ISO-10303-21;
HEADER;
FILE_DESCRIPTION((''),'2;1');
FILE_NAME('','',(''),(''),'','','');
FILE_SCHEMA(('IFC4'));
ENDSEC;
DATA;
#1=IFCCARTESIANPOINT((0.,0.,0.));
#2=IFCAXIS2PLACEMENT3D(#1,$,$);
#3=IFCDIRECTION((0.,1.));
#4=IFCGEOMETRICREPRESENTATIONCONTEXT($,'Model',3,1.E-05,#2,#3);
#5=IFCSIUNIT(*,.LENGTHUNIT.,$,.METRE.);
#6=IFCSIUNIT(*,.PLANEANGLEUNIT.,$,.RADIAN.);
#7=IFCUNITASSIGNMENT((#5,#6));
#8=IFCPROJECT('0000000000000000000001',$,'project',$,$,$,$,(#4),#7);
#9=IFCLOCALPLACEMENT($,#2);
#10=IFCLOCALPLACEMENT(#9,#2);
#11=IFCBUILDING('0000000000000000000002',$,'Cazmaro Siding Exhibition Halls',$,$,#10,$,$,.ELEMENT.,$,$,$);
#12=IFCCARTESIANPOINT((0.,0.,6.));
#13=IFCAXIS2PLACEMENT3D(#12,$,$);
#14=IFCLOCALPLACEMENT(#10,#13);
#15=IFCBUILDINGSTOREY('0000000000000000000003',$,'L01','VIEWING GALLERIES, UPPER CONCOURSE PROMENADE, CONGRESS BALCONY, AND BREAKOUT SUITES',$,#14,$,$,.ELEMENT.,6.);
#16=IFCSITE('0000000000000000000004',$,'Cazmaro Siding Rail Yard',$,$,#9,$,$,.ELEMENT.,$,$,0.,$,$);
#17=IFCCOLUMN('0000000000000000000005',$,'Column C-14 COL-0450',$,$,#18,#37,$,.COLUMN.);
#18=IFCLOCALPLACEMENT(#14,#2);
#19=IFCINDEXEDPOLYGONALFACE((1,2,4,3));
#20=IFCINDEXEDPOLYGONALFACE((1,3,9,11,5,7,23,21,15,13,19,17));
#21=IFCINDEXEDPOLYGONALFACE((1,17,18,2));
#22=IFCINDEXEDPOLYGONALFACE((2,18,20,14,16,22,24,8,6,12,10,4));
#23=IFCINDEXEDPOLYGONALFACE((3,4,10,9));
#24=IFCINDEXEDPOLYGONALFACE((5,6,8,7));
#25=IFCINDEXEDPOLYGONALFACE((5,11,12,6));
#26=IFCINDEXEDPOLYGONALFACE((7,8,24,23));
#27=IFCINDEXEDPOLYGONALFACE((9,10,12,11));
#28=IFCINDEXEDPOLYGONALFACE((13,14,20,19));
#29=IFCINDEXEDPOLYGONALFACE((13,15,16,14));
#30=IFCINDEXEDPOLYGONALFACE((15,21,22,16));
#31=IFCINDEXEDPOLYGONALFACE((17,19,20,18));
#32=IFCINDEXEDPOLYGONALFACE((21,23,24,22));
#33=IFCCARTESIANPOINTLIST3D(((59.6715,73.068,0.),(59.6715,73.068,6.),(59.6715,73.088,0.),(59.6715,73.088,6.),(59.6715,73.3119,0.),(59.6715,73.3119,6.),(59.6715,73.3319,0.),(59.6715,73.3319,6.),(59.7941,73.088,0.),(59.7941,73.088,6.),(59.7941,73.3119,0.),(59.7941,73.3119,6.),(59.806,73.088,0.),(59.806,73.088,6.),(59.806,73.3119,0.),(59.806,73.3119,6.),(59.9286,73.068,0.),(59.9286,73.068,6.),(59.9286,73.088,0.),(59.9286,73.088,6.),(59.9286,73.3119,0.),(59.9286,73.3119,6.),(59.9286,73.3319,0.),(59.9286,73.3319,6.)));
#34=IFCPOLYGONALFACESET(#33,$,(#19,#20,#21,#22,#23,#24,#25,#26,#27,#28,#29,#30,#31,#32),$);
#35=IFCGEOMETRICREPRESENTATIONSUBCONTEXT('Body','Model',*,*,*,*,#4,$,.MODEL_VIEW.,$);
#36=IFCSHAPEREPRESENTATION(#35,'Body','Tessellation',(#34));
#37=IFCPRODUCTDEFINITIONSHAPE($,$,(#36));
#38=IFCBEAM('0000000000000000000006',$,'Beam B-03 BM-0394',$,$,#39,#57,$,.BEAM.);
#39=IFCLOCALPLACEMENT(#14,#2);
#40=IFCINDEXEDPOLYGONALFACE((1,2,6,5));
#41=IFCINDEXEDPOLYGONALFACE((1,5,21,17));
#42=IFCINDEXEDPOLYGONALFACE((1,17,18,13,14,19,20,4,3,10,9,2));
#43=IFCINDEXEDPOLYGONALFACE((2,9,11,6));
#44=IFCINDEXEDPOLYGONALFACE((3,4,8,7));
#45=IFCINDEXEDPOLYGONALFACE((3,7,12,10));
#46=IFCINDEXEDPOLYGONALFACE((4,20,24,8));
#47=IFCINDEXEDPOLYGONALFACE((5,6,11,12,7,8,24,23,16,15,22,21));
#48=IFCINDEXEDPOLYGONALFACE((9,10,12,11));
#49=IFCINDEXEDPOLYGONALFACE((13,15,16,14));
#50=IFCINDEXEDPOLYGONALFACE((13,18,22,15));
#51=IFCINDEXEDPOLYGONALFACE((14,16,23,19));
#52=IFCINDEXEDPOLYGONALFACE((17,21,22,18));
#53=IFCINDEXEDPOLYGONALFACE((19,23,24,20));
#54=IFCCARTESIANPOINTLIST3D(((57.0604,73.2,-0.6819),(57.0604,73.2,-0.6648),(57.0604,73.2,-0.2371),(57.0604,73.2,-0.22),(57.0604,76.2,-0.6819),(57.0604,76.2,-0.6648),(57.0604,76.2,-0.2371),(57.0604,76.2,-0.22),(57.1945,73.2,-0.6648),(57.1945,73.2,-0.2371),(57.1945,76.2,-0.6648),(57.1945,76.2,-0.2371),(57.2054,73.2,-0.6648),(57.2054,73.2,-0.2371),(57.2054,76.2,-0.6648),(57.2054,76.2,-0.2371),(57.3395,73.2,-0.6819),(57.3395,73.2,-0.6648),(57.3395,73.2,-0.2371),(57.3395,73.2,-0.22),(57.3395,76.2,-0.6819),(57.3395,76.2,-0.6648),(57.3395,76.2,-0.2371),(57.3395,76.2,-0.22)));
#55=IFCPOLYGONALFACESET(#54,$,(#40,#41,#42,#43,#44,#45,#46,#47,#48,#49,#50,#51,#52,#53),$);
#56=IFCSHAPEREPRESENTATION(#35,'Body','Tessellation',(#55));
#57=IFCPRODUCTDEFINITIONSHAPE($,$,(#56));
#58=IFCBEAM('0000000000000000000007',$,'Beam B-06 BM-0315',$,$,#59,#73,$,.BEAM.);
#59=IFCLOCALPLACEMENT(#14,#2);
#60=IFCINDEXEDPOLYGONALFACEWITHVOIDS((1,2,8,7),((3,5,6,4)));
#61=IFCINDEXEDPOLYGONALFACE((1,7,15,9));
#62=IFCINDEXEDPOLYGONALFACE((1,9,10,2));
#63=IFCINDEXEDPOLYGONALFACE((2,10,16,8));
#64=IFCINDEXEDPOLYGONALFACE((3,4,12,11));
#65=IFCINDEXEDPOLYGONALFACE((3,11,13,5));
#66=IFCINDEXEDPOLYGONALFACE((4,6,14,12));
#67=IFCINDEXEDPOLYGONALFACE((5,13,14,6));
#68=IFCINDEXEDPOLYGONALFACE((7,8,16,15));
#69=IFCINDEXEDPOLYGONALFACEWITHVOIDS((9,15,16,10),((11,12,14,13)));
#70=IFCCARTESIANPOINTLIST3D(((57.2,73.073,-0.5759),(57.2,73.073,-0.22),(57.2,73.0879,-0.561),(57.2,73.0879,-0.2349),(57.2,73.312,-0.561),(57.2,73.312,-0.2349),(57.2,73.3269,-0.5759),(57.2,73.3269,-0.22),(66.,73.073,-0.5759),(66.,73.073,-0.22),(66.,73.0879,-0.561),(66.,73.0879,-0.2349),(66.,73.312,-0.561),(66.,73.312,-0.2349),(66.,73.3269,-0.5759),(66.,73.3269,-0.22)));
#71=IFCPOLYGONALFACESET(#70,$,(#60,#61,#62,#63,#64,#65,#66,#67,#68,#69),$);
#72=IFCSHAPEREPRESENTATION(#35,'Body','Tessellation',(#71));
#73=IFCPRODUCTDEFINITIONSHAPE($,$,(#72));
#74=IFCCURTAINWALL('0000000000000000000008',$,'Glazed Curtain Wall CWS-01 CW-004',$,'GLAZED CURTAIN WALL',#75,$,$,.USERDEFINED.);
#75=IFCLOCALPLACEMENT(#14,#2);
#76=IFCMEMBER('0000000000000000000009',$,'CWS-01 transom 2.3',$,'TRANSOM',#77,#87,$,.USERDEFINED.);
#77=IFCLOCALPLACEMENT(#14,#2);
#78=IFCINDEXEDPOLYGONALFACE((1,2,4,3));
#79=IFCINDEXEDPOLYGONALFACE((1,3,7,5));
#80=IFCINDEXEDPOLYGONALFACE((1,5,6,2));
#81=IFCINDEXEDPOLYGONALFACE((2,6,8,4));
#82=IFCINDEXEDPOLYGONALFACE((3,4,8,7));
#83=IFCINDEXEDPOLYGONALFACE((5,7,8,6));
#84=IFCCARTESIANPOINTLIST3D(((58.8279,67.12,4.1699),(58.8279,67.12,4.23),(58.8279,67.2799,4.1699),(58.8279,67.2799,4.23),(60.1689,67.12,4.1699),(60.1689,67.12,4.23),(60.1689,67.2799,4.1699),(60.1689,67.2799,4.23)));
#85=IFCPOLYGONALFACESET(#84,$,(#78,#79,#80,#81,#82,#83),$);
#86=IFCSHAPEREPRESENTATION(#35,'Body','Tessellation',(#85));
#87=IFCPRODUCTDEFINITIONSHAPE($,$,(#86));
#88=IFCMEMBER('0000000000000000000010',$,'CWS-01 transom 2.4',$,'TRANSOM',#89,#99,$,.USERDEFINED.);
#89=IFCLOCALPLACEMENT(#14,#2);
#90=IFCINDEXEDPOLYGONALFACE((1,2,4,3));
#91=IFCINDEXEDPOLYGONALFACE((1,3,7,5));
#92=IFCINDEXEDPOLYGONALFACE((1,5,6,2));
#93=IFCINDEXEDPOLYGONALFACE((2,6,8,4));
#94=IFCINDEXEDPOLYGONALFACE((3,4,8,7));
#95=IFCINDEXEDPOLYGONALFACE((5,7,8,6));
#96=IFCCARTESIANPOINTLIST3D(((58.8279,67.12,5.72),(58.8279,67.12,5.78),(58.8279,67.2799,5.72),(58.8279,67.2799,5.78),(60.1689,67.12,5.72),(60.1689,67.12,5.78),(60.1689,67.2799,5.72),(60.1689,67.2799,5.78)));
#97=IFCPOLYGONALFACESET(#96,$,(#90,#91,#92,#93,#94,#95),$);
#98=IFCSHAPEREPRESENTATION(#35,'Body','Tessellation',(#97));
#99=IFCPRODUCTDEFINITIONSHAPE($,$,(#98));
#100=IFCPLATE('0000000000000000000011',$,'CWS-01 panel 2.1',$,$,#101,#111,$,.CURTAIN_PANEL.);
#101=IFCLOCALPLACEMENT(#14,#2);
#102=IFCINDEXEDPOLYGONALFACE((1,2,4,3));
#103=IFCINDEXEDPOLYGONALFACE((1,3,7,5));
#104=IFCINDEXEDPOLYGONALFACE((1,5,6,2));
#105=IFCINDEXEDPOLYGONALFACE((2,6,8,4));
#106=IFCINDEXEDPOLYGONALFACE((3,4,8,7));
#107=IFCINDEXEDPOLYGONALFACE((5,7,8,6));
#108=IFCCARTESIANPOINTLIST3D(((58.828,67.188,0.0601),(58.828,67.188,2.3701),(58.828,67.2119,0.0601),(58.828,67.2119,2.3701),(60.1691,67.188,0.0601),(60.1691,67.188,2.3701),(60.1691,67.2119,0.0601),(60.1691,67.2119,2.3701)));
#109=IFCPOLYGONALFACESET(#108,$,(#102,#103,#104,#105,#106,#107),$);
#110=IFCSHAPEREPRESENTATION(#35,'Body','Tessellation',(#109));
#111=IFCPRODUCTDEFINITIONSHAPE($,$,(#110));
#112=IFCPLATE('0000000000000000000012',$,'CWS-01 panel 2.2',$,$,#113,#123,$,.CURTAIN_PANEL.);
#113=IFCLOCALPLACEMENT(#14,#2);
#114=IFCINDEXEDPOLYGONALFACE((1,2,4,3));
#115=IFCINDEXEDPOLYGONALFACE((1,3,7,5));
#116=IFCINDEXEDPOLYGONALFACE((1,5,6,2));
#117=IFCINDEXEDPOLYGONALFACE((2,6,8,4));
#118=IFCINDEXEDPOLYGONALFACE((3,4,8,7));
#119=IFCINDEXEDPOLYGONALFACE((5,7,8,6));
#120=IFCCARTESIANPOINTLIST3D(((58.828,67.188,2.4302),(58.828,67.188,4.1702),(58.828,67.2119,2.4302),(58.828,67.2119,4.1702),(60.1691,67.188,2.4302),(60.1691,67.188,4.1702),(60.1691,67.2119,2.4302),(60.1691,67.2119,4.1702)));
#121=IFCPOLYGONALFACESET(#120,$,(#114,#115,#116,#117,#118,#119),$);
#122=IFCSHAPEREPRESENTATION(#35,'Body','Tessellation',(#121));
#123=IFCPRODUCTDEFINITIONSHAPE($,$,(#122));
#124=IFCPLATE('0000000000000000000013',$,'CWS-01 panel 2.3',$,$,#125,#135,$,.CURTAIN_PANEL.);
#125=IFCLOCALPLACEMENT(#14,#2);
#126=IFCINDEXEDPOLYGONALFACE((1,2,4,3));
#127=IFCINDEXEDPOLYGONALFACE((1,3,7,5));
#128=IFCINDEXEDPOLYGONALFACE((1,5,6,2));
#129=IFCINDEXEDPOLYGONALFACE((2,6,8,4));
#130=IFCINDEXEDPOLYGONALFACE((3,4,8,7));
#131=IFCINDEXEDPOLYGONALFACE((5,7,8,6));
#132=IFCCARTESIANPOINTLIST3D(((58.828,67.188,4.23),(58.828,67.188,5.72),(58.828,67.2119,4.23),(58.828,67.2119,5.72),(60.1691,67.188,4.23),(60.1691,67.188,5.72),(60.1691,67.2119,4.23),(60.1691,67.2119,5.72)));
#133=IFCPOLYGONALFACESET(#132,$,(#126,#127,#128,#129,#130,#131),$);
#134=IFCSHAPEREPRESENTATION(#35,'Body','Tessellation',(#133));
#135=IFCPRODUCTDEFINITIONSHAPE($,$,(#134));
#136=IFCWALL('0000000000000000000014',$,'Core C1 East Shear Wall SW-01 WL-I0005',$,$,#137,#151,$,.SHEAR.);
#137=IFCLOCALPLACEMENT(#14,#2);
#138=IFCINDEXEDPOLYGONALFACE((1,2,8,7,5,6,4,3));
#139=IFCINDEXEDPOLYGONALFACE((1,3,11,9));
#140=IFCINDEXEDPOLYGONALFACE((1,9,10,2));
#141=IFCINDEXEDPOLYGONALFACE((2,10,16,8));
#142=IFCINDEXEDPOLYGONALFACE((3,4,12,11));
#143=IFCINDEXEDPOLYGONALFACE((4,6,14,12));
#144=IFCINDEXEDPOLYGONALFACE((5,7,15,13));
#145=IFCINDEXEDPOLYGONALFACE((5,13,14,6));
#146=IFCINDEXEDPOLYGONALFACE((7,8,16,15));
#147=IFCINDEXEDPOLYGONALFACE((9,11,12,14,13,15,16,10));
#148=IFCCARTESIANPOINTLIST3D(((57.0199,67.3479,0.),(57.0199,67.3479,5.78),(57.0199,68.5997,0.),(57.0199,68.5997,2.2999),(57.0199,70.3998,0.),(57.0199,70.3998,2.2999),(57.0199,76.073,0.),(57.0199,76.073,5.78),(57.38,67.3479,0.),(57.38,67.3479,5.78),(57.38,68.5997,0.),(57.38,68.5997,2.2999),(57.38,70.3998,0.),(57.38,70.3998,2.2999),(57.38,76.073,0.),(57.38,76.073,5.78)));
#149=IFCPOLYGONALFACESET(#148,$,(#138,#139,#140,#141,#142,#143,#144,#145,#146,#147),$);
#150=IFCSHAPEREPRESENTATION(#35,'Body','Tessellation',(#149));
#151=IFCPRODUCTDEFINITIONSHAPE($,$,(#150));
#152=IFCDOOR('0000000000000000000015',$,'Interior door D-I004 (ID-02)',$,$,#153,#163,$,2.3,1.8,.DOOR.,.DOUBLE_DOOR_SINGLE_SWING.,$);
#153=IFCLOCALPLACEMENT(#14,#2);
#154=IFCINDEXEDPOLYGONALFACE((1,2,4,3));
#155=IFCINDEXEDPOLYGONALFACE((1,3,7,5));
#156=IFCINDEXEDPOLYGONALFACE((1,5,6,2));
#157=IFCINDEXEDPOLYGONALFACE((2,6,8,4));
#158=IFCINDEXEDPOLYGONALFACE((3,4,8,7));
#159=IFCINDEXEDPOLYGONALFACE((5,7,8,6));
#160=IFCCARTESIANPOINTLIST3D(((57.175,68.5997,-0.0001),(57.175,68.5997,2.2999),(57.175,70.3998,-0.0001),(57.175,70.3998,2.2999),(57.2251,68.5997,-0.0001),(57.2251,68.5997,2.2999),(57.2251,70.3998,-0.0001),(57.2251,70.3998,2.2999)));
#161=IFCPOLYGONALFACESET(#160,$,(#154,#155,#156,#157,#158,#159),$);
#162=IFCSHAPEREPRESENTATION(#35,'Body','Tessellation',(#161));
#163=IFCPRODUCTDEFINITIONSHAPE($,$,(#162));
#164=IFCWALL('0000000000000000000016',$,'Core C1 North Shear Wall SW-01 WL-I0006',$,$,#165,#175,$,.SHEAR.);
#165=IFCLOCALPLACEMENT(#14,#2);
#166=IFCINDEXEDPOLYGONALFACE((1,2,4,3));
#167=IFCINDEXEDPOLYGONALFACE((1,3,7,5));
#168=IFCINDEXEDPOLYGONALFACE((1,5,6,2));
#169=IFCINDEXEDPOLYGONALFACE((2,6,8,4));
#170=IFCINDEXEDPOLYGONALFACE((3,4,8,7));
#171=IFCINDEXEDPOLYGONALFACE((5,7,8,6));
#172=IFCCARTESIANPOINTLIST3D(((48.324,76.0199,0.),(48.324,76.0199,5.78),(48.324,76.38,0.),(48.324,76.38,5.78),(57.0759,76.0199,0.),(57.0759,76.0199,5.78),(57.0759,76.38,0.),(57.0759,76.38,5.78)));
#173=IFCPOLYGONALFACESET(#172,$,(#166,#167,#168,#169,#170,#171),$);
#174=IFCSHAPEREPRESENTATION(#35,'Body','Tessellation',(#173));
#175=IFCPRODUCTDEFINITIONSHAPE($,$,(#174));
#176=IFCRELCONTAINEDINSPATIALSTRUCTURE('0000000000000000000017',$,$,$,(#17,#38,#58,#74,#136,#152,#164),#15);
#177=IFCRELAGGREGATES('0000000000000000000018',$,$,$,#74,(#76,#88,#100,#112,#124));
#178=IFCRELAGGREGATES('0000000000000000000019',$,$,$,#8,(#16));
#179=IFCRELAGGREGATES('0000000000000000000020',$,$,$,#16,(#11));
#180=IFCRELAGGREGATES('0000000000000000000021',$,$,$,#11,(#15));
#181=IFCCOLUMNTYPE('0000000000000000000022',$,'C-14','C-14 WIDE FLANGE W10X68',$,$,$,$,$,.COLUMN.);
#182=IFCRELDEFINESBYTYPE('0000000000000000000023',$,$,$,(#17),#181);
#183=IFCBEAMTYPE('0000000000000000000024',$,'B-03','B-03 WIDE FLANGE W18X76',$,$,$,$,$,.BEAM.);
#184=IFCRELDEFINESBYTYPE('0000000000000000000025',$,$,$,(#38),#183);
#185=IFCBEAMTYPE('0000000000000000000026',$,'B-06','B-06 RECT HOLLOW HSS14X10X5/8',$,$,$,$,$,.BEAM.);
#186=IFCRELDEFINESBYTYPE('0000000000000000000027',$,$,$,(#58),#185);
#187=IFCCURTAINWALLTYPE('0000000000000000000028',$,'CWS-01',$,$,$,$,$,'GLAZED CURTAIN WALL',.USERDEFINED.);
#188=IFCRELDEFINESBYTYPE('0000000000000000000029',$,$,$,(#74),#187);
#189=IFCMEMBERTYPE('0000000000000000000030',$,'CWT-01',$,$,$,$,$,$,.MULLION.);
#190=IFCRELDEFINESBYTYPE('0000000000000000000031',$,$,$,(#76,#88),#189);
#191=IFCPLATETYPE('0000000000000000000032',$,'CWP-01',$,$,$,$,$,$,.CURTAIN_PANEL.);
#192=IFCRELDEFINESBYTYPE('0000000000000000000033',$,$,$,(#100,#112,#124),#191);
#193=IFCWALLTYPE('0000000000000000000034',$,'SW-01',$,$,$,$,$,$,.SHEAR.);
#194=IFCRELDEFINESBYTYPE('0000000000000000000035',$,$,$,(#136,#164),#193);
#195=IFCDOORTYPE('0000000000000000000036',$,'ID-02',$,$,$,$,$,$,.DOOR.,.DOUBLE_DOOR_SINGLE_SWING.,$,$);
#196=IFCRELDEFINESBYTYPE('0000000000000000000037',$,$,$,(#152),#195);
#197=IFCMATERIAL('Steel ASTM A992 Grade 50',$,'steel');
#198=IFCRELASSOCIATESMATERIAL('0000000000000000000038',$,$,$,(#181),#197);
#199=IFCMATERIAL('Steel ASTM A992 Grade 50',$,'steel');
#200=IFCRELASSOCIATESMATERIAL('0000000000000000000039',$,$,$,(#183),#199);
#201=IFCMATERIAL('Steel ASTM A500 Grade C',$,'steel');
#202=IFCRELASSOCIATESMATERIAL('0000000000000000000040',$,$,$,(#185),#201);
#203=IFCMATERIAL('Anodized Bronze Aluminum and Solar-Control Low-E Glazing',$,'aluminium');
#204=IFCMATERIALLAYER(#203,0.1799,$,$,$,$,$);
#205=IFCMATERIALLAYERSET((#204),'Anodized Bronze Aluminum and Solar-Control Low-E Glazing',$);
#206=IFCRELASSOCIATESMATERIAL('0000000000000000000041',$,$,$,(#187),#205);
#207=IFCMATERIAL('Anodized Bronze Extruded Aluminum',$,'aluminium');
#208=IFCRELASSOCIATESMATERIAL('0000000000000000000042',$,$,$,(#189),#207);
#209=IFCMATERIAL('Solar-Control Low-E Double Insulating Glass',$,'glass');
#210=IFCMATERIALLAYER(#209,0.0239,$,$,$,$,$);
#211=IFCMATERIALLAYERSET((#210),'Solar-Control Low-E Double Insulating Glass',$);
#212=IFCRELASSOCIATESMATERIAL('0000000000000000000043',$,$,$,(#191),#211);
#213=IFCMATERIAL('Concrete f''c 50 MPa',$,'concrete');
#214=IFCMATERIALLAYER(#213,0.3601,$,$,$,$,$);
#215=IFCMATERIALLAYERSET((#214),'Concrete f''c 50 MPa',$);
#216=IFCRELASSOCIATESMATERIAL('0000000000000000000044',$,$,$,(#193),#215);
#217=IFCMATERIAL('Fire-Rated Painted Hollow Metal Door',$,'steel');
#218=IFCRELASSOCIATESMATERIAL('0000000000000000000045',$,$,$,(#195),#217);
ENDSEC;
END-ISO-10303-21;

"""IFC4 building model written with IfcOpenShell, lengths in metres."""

from ifc_helpers import new_model, si_unit, direction, frame, frame_2d, origin, origin_2d, place, context, subcontext, project, spatial, rectangle, hollow_rectangle, i_section, extrude, material, layer, layer_set, material_profile, profile_set, type_object, element, fill, aggregate, save


model = new_model("IFC4")

# Units and contexts
model_context = context("Model", 3, precision=1e-05, world=origin(), true_north=direction((0.0, 1.0)))
body_context = subcontext(model_context, "Body", "Model", "MODEL_VIEW")
ifc_project = project(units=[si_unit("LENGTHUNIT", "METRE"), si_unit("PLANEANGLEUNIT", "RADIAN")], contexts=[model_context])

# Site, building, storey
site_placement = place(None, origin())
site = spatial("IfcSite", under=ifc_project, at=site_placement, Name="Cazmaro Siding Rail Yard", CompositionType="ELEMENT", RefElevation=0.0)
building_placement = place(site_placement, origin())
building = spatial("IfcBuilding", under=site, at=building_placement, Name="Cazmaro Siding Exhibition Halls", CompositionType="ELEMENT")
storey_placement = place(building_placement, frame((0.0, 0.0, 6.0)))
storey = spatial("IfcBuildingStorey", under=building, at=storey_placement, Name="L01", Description="VIEWING GALLERIES, UPPER CONCOURSE PROMENADE, CONGRESS BALCONY, AND BREAKOUT SUITES", CompositionType="ELEMENT", Elevation=6.0)

# Column
ifc_material_1 = material(Name="Steel ASTM A992 Grade 50", Category="steel")
ifc_material_profile_1 = material_profile(ifc_material_1, i_section(OverallWidth=0.2571, OverallDepth=0.2639, WebThickness=0.012, FlangeThickness=0.02, at=origin_2d()), Name="W10X68")
ifc_profile_set_1 = profile_set([ifc_material_profile_1], Name="Steel ASTM A992 Grade 50")
column_type = type_object("IfcColumnType", Name="C-14", Description="C-14 WIDE FLANGE W10X68", PredefinedType="COLUMN", material=ifc_profile_set_1)
column_placement = place(storey_placement, frame((59.8, 73.2, 0.0), z_axis=(0.0, 0.0, 1.0), x_axis=(1.0, 0.0, 0.0)))
element("IfcColumn", 1, at=column_placement, inside=storey, type_object=column_type, Name="Column C-14 COL-0450", PredefinedType="COLUMN", context=body_context, shape_type="SweptSolid", body=[
    extrude(i_section(OverallWidth=0.2571, OverallDepth=0.2639, WebThickness=0.012, FlangeThickness=0.02, at=origin_2d()), origin(), (0.0, 0.0, 1.0), 6.0),
])

# Beams
ifc_material_2 = material(Name="Steel ASTM A992 Grade 50", Category="steel")
ifc_material_profile_2 = material_profile(ifc_material_2, i_section(OverallWidth=0.2791, OverallDepth=0.4619, WebThickness=0.011, FlangeThickness=0.0171, at=origin_2d()), Name="W18X76")
ifc_profile_set_2 = profile_set([ifc_material_profile_2], Name="Steel ASTM A992 Grade 50")
beam_type_1 = type_object("IfcBeamType", Name="B-03", Description="B-03 WIDE FLANGE W18X76", PredefinedType="BEAM", material=ifc_profile_set_2)
beam_1_placement = place(storey_placement, frame((57.2, 73.2, -0.4509), z_axis=(0.0, 1.0, 0.0), x_axis=(-1.0, 0.0, 0.0)))
element("IfcBeam", 2, at=beam_1_placement, inside=storey, type_object=beam_type_1, Name="Beam B-03 BM-0394", PredefinedType="BEAM", context=body_context, shape_type="SweptSolid", body=[
    extrude(i_section(OverallWidth=0.2791, OverallDepth=0.4619, WebThickness=0.011, FlangeThickness=0.0171, at=origin_2d()), origin(), (0.0, 0.0, 1.0), 3.0),
])
ifc_material_3 = material(Name="Steel ASTM A500 Grade C", Category="steel")
ifc_material_profile_3 = material_profile(ifc_material_3, hollow_rectangle(XDim=0.2539, YDim=0.356, WallThickness=0.0149, at=origin_2d()), Name="HSS14X10X5/8")
ifc_profile_set_3 = profile_set([ifc_material_profile_3], Name="Steel ASTM A500 Grade C")
beam_type_2 = type_object("IfcBeamType", Name="B-06", Description="B-06 RECT HOLLOW HSS14X10X5/8", PredefinedType="BEAM", material=ifc_profile_set_3)
beam_2_placement = place(storey_placement, frame((57.2, 73.2, -0.3979), z_axis=(1.0, 0.0, 0.0), x_axis=(0.0, 1.0, 0.0)))
element("IfcBeam", 3, at=beam_2_placement, inside=storey, type_object=beam_type_2, Name="Beam B-06 BM-0315", PredefinedType="BEAM", context=body_context, shape_type="SweptSolid", body=[
    extrude(hollow_rectangle(XDim=0.2539, YDim=0.356, WallThickness=0.0149, at=origin_2d()), origin(), (0.0, 0.0, 1.0), 8.8),
])

# Curtain wall, members, plates
ifc_material_4 = material(Name="Anodized Bronze Aluminum and Solar-Control Low-E Glazing", Category="aluminium")
ifc_layer_1 = layer(ifc_material_4, 0.1799)
ifc_layer_set_1 = layer_set([ifc_layer_1], Name="Anodized Bronze Aluminum and Solar-Control Low-E Glazing")
curtain_wall_type = type_object("IfcCurtainWallType", Name="CWS-01", ElementType="GLAZED CURTAIN WALL", PredefinedType="USERDEFINED", material=ifc_layer_set_1)
curtain_wall_placement = place(storey_placement, origin())
curtain_wall = element("IfcCurtainWall", 4, at=curtain_wall_placement, inside=storey, type_object=curtain_wall_type, Name="Glazed Curtain Wall CWS-01 CW-004", ObjectType="GLAZED CURTAIN WALL", PredefinedType="USERDEFINED")
ifc_material_5 = material(Name="Anodized Bronze Extruded Aluminum", Category="aluminium")
ifc_material_profile_4 = material_profile(ifc_material_5, rectangle(XDim=0.1599, YDim=0.0601, at=origin_2d()), Name="CWT-01")
ifc_profile_set_4 = profile_set([ifc_material_profile_4], Name="Anodized Bronze Extruded Aluminum")
member_type = type_object("IfcMemberType", Name="CWT-01", PredefinedType="MULLION", material=ifc_profile_set_4)
member_1_placement = place(storey_placement, frame((58.8279, 67.2, 4.2), z_axis=(1.0, 0.0, 0.0), x_axis=(0.0, 1.0, 0.0)))
member_1 = element("IfcMember", 5, at=member_1_placement, type_object=member_type, Name="CWS-01 transom 2.3", ObjectType="TRANSOM", PredefinedType="USERDEFINED", context=body_context, shape_type="SweptSolid", body=[
    extrude(rectangle(XDim=0.1599, YDim=0.0601, at=origin_2d()), origin(), (0.0, 0.0, 1.0), 1.3411),
])
member_2_placement = place(storey_placement, frame((58.8279, 67.2, 5.75), z_axis=(1.0, 0.0, 0.0), x_axis=(0.0, 1.0, 0.0)))
member_2 = element("IfcMember", 6, at=member_2_placement, type_object=member_type, Name="CWS-01 transom 2.4", ObjectType="TRANSOM", PredefinedType="USERDEFINED", context=body_context, shape_type="SweptSolid", body=[
    extrude(rectangle(XDim=0.1599, YDim=0.0601, at=origin_2d()), origin(), (0.0, 0.0, 1.0), 1.3411),
])
ifc_material_6 = material(Name="Solar-Control Low-E Double Insulating Glass", Category="glass")
ifc_layer_2 = layer(ifc_material_6, 0.0239)
ifc_layer_set_2 = layer_set([ifc_layer_2], Name="Solar-Control Low-E Double Insulating Glass")
plate_type = type_object("IfcPlateType", Name="CWP-01", PredefinedType="CURTAIN_PANEL", material=ifc_layer_set_2)
plate_1_placement = place(storey_placement, frame((59.4985, 67.2, 0.0601), z_axis=(0.0, 0.0, 1.0), x_axis=(1.0, 0.0, 0.0)))
plate_1 = element("IfcPlate", 7, at=plate_1_placement, type_object=plate_type, Name="CWS-01 panel 2.1", PredefinedType="CURTAIN_PANEL", context=body_context, shape_type="SweptSolid", body=[
    extrude(rectangle(XDim=1.3411, YDim=0.0239, at=origin_2d()), origin(), (0.0, 0.0, 1.0), 2.3101),
])
plate_2_placement = place(storey_placement, frame((59.4985, 67.2, 2.4302), z_axis=(0.0, 0.0, 1.0), x_axis=(1.0, 0.0, 0.0)))
plate_2 = element("IfcPlate", 8, at=plate_2_placement, type_object=plate_type, Name="CWS-01 panel 2.2", PredefinedType="CURTAIN_PANEL", context=body_context, shape_type="SweptSolid", body=[
    extrude(rectangle(XDim=1.3411, YDim=0.0239, at=origin_2d()), origin(), (0.0, 0.0, 1.0), 1.74),
])
plate_3_placement = place(storey_placement, frame((59.4985, 67.2, 4.23), z_axis=(0.0, 0.0, 1.0), x_axis=(1.0, 0.0, 0.0)))
plate_3 = element("IfcPlate", 9, at=plate_3_placement, type_object=plate_type, Name="CWS-01 panel 2.3", PredefinedType="CURTAIN_PANEL", context=body_context, shape_type="SweptSolid", body=[
    extrude(rectangle(XDim=1.3411, YDim=0.0239, at=origin_2d()), origin(), (0.0, 0.0, 1.0), 1.49),
])
aggregate(curtain_wall, [member_1, member_2, plate_1, plate_2, plate_3])

# Wall, opening, door
ifc_material_7 = material(Name="Concrete f'c 50 MPa", Category="concrete")
ifc_layer_3 = layer(ifc_material_7, 0.3601)
ifc_layer_set_3 = layer_set([ifc_layer_3], Name="Concrete f'c 50 MPa")
wall_type_1 = type_object("IfcWallType", Name="SW-01", PredefinedType="SHEAR", material=ifc_layer_set_3)
wall_1_placement = place(storey_placement, frame((57.2, 67.3479, 0.0), z_axis=(0.0, 0.0, 1.0), x_axis=(0.0, 1.0, 0.0)))
wall_1 = element("IfcWall", 10, at=wall_1_placement, inside=storey, type_object=wall_type_1, Name="Core C1 East Shear Wall SW-01 WL-I0005", PredefinedType="SHEAR", context=body_context, shape_type="SweptSolid", body=[
    extrude(rectangle(XDim=8.7251, YDim=0.3601, at=frame_2d((4.3625, 0.0))), origin(), (0.0, 0.0, 1.0), 5.78),
])
opening_1_placement = place(wall_1_placement, frame((1.252, 0.0, 0.0)))
opening_1 = element("IfcOpeningElement", 11, at=opening_1_placement, cuts=wall_1, PredefinedType="OPENING", context=body_context, shape_type="SweptSolid", body=[
    extrude(rectangle(XDim=1.8, YDim=2.3, at=frame_2d((0.8999, 1.1499))), frame((0.0, 0.1899, 0.0), z_axis=(0.0, -1.0, 0.0), x_axis=(1.0, 0.0, 0.0)), (0.0, 0.0, 1.0), 0.3801),
])
ifc_material_8 = material(Name="Fire-Rated Painted Hollow Metal Door", Category="steel")
door_type_1 = type_object("IfcDoorType", Name="ID-02", OperationType="DOUBLE_DOOR_SINGLE_SWING", PredefinedType="DOOR", material=ifc_material_8)
door_1_placement = place(opening_1_placement, origin())
door_1 = element("IfcDoor", 12, at=door_1_placement, inside=storey, type_object=door_type_1, Name="Interior door D-I004 (ID-02)", OperationType="DOUBLE_DOOR_SINGLE_SWING", OverallHeight=2.3, OverallWidth=1.8, PredefinedType="DOOR", context=body_context, shape_type="SweptSolid", body=[
    extrude(rectangle(XDim=1.8, YDim=2.3, at=frame_2d((0.8999, 1.1499))), frame((0.0, 0.0249, 0.0), z_axis=(0.0, -1.0, 0.0), x_axis=(1.0, 0.0, 0.0)), (0.0, 0.0, 1.0), 0.05),
])
fill(opening_1, door_1)

# Wall
wall_2_placement = place(storey_placement, frame((48.324, 76.2, 0.0), z_axis=(0.0, 0.0, 1.0), x_axis=(1.0, 0.0, 0.0)))
element("IfcWall", 13, at=wall_2_placement, inside=storey, type_object=wall_type_1, Name="Core C1 North Shear Wall SW-01 WL-I0006", PredefinedType="SHEAR", context=body_context, shape_type="SweptSolid", body=[
    extrude(rectangle(XDim=8.752, YDim=0.3601, at=frame_2d((4.376, 0.0))), origin(), (0.0, 0.0, 1.0), 5.78),
])

save(model, "model.ifc")
